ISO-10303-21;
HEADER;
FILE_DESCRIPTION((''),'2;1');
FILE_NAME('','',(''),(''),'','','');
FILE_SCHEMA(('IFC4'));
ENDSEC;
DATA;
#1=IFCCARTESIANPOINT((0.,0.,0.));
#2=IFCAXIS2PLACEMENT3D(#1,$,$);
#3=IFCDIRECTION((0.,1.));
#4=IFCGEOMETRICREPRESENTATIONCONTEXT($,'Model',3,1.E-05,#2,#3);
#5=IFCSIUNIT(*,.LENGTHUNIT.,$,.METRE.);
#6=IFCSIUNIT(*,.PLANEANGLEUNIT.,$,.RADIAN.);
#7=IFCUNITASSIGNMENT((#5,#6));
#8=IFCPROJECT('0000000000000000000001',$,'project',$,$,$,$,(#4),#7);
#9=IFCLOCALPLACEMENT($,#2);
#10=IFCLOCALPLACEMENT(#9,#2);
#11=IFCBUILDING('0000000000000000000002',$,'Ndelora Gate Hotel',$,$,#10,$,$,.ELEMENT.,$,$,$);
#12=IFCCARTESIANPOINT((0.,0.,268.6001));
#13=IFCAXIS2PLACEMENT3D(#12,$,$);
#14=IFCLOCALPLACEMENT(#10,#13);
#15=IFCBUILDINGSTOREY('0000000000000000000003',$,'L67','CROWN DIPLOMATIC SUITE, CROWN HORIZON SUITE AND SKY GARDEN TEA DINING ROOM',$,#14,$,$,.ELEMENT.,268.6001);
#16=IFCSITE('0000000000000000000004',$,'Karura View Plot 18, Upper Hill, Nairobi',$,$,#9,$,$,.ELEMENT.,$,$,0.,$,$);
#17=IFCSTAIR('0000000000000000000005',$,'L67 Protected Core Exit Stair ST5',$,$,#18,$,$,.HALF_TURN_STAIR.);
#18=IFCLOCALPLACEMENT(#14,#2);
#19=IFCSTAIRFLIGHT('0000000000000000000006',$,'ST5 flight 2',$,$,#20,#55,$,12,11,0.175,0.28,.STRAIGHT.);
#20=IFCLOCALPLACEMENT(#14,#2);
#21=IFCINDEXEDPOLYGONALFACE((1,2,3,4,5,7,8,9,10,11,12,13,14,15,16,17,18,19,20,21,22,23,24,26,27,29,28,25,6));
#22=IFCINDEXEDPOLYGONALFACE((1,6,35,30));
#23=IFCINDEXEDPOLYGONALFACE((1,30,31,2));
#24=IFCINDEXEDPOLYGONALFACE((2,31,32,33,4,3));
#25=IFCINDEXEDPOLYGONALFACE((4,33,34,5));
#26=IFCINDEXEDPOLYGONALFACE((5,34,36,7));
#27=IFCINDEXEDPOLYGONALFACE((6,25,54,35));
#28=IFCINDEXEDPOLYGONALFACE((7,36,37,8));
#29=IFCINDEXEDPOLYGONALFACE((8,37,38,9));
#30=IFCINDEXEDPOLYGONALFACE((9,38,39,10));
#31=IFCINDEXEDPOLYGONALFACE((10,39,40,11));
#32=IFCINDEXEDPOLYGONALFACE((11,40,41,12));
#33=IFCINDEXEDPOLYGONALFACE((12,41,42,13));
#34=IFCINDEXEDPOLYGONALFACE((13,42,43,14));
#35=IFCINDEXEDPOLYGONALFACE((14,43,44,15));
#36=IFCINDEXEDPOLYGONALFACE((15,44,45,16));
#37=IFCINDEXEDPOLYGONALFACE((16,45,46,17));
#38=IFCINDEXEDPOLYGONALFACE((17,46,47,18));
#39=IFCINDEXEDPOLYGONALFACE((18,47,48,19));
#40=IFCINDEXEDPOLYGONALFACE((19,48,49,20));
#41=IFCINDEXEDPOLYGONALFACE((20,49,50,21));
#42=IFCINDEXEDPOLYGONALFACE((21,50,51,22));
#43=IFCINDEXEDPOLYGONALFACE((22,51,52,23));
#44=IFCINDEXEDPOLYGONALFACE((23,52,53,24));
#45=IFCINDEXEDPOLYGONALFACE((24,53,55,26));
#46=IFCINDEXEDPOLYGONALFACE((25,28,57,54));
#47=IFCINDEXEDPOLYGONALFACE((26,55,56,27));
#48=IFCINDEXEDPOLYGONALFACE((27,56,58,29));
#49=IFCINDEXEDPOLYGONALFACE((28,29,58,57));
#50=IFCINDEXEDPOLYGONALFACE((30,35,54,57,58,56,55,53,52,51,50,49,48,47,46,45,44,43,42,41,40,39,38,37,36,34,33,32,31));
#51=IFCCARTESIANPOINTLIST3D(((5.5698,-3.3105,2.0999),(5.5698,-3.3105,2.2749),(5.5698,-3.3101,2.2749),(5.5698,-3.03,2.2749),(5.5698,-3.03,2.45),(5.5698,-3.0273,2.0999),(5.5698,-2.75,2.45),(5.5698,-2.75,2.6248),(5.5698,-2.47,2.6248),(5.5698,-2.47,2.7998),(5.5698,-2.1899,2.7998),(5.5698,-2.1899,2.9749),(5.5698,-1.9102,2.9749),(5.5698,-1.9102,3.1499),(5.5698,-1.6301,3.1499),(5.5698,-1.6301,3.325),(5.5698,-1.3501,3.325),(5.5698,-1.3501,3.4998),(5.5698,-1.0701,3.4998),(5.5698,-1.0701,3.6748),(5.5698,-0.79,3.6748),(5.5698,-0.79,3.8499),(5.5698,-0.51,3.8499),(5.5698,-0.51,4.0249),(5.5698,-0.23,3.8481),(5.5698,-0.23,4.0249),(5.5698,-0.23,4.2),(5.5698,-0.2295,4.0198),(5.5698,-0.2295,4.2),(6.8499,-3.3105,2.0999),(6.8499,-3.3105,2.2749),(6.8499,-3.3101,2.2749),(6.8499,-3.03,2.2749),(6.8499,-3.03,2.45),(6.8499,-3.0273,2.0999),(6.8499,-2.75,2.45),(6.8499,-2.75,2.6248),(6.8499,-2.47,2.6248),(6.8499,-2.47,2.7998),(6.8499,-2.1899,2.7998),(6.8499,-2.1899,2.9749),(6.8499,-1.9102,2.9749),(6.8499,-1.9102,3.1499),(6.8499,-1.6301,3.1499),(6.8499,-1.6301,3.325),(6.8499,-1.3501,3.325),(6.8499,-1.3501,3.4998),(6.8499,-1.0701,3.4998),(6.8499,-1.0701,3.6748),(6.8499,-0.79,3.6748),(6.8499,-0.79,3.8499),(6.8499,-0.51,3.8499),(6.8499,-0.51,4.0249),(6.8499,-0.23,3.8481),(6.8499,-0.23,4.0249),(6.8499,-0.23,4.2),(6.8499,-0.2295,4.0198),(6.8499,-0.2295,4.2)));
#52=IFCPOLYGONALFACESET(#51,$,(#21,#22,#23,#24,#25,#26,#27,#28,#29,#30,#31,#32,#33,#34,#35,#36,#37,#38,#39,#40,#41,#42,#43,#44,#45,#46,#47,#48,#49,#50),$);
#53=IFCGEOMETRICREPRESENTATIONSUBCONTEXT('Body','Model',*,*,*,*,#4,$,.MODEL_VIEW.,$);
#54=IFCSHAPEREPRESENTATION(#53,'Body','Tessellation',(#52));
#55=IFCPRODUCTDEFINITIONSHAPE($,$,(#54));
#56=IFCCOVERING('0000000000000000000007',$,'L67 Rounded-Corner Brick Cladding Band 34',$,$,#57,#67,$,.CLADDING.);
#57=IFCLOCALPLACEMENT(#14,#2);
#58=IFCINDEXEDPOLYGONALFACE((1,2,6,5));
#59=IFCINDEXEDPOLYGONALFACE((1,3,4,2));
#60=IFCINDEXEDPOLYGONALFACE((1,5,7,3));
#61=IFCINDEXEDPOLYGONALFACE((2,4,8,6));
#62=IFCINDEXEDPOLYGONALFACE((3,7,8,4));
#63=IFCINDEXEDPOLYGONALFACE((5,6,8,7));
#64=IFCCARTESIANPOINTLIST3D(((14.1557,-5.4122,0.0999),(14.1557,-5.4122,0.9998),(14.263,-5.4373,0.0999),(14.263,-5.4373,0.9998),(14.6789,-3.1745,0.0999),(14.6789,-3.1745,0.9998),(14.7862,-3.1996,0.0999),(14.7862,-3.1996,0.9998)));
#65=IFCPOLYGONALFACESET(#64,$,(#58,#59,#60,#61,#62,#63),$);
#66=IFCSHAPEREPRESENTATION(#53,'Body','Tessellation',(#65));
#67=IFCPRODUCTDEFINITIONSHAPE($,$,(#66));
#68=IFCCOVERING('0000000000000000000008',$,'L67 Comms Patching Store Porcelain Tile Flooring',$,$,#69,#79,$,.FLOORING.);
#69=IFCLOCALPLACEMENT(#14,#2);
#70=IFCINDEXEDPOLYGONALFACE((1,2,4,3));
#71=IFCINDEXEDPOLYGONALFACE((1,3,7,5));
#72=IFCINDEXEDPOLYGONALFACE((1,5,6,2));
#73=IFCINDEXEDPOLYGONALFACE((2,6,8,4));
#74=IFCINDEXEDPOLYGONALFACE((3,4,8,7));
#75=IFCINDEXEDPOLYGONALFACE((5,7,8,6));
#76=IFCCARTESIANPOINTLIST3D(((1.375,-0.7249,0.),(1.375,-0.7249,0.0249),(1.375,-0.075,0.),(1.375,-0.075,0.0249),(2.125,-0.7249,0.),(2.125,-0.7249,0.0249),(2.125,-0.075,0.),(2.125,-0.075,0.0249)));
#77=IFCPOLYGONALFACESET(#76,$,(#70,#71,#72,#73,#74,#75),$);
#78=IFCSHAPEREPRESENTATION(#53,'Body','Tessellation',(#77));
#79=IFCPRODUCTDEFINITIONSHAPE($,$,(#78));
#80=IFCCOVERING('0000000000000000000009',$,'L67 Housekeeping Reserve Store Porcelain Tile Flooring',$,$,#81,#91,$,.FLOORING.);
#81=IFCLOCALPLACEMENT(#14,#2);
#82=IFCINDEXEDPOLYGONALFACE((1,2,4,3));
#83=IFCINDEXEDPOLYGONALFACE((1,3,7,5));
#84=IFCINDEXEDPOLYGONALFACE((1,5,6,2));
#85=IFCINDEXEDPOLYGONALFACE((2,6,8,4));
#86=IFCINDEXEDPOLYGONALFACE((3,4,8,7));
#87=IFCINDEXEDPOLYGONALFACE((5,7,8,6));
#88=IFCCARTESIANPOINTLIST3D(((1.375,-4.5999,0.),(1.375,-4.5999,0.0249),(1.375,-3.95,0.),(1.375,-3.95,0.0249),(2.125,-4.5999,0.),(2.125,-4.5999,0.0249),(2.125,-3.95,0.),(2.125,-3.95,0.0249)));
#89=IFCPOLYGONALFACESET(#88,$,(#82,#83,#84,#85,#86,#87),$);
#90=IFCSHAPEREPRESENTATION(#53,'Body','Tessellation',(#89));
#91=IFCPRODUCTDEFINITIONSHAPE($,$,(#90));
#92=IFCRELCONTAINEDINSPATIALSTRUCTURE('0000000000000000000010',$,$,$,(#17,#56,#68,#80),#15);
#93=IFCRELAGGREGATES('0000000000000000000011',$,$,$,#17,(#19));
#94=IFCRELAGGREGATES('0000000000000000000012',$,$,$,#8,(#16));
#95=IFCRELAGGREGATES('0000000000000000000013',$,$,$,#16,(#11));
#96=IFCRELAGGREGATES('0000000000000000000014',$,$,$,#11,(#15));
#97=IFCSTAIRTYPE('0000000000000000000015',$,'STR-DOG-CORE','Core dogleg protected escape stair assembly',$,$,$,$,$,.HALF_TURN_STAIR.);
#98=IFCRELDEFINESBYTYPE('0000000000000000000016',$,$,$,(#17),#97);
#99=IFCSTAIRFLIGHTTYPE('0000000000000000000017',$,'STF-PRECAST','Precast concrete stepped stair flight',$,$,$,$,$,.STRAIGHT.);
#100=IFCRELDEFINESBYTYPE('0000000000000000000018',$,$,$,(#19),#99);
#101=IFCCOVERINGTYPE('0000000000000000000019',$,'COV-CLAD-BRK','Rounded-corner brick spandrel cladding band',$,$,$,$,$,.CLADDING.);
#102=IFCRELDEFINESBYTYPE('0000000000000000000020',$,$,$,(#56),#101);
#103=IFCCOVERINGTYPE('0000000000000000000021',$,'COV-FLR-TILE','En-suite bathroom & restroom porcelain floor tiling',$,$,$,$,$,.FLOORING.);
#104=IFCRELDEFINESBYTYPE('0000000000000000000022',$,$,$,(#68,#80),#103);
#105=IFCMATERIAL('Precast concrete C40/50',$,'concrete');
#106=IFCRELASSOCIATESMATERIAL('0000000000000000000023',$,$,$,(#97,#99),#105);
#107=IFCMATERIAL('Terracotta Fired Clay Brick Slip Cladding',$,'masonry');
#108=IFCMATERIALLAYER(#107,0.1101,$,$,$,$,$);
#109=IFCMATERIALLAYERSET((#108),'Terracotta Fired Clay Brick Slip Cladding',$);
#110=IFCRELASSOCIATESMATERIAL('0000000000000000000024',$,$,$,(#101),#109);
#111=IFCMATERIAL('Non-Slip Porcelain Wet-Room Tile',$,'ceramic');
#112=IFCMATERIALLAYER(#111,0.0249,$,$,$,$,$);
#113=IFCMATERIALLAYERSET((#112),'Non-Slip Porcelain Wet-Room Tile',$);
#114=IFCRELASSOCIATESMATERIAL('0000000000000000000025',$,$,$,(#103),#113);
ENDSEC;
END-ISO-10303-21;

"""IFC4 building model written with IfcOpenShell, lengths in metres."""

from ifc_helpers import new_model, si_unit, direction, frame, origin, origin_2d, place, context, subcontext, project, spatial, polyline, rectangle, outline, extrude, material, layer, layer_set, type_object, element, aggregate, save


model = new_model("IFC4")

# Units and contexts
model_context = context("Model", 3, precision=1e-05, world=origin(), true_north=direction((0.0, 1.0)))
body_context = subcontext(model_context, "Body", "Model", "MODEL_VIEW")
ifc_project = project(units=[si_unit("LENGTHUNIT", "METRE"), si_unit("PLANEANGLEUNIT", "RADIAN")], contexts=[model_context])

# Site, building, storey
site_placement = place(None, origin())
site = spatial("IfcSite", under=ifc_project, at=site_placement, Name="Karura View Plot 18, Upper Hill, Nairobi", CompositionType="ELEMENT", RefElevation=0.0)
building_placement = place(site_placement, origin())
building = spatial("IfcBuilding", under=site, at=building_placement, Name="Ndelora Gate Hotel", CompositionType="ELEMENT")
storey_placement = place(building_placement, frame((0.0, 0.0, 268.6001)))
storey = spatial("IfcBuildingStorey", under=building, at=storey_placement, Name="L67", Description="CROWN DIPLOMATIC SUITE, CROWN HORIZON SUITE AND SKY GARDEN TEA DINING ROOM", CompositionType="ELEMENT", Elevation=268.6001)

# Stair, stair flight
ifc_material_1 = material(Name="Precast concrete C40/50", Category="concrete")
stair_type = type_object("IfcStairType", Name="STR-DOG-CORE", Description="Core dogleg protected escape stair assembly", PredefinedType="HALF_TURN_STAIR", material=ifc_material_1)
stair_placement = place(storey_placement, origin())
stair = element("IfcStair", 1, at=stair_placement, inside=storey, type_object=stair_type, Name="L67 Protected Core Exit Stair ST5", PredefinedType="HALF_TURN_STAIR")
stair_flight_type = type_object("IfcStairFlightType", Name="STF-PRECAST", Description="Precast concrete stepped stair flight", PredefinedType="STRAIGHT", material=ifc_material_1)
stair_flight_1_placement = place(storey_placement, frame((6.21, -3.3101, 2.0999), z_axis=(0.0, 0.0, 1.0), x_axis=(0.0, 1.0, 0.0)))
stair_flight_1 = element("IfcStairFlight", 2, at=stair_flight_1_placement, type_object=stair_flight_type, Name="ST5 flight 2", NumberOfRisers=12, NumberOfTreads=11, PredefinedType="STRAIGHT", RiserHeight=0.175, TreadLength=0.28, context=body_context, shape_type="SweptSolid", body=[
    extrude(outline(polyline([(-0.0005, 0.0), (-0.0005, 0.175), (0.0, 0.175), (0.28, 0.175), (0.28, 0.3501), (0.5601, 0.3501), (0.5601, 0.5249), (0.8401, 0.5249), (0.8401, 0.7), (1.1201, 0.7), (1.1201, 0.875), (1.3999, 0.875), (1.3999, 1.05), (1.6799, 1.05), (1.6799, 1.2251), (1.96, 1.2251), (1.96, 1.3999), (2.24, 1.3999), (2.24, 1.575), (2.52, 1.575), (2.52, 1.75), (2.8, 1.75), (2.8, 1.925), (3.0801, 1.925), (3.0801, 2.1001), (3.0806, 2.1001), (3.0806, 1.9199), (3.0801, 1.7483), (0.2827, 0.0), (-0.0005, 0.0)])), frame((0.0, 0.6401, 0.0), z_axis=(0.0, -1.0, 0.0), x_axis=(1.0, 0.0, 0.0)), (0.0, 0.0, 1.0), 1.28),
])
aggregate(stair, [stair_flight_1])

# Coverings
ifc_material_2 = material(Name="Terracotta Fired Clay Brick Slip Cladding", Category="masonry")
ifc_layer_1 = layer(ifc_material_2, 0.1101)
ifc_layer_set_1 = layer_set([ifc_layer_1], Name="Terracotta Fired Clay Brick Slip Cladding")
covering_type_1 = type_object("IfcCoveringType", Name="COV-CLAD-BRK", Description="Rounded-corner brick spandrel cladding band", PredefinedType="CLADDING", material=ifc_layer_set_1)
covering_placement = place(storey_placement, frame((14.4709, -4.3059, 0.0999), z_axis=(0.0, 0.0, 1.0), x_axis=(0.227671, 0.973738, 0.0)))
element("IfcCovering", 3, at=covering_placement, inside=storey, type_object=covering_type_1, Name="L67 Rounded-Corner Brick Cladding Band 34", PredefinedType="CLADDING", context=body_context, shape_type="SweptSolid", body=[
    extrude(rectangle(XDim=2.2981, YDim=0.1101, at=origin_2d()), origin(), (0.0, 0.0, 1.0), 0.8999),
])
ifc_material_3 = material(Name="Non-Slip Porcelain Wet-Room Tile", Category="ceramic")
ifc_layer_2 = layer(ifc_material_3, 0.0249)
ifc_layer_set_2 = layer_set([ifc_layer_2], Name="Non-Slip Porcelain Wet-Room Tile")
covering_type_2 = type_object("IfcCoveringType", Name="COV-FLR-TILE", Description="En-suite bathroom & restroom porcelain floor tiling", PredefinedType="FLOORING", material=ifc_layer_set_2)
for number, where, z_axis, x_axis, name in (
    (4, (1.75, -0.3999, 0.0), (0.0, 0.0, 1.0), (1.0, 0.0, 0.0), "L67 Comms Patching Store Porcelain Tile Flooring"),
    (5, (1.75, -4.2749, 0.0), (0.0, 0.0, 1.0), (1.0, 0.0, 0.0), "L67 Housekeeping Reserve Store Porcelain Tile Flooring"),
):
    element("IfcCovering", number, at=place(storey_placement, frame(where, z_axis=z_axis, x_axis=x_axis)), inside=storey, type_object=covering_type_2, Name=name, PredefinedType="FLOORING", context=body_context, shape_type="SweptSolid", body=[
        extrude(rectangle(XDim=0.75, YDim=0.6499, at=origin_2d()), origin(), (0.0, 0.0, 1.0), 0.0249),
    ])

save(model, "model.ifc")
